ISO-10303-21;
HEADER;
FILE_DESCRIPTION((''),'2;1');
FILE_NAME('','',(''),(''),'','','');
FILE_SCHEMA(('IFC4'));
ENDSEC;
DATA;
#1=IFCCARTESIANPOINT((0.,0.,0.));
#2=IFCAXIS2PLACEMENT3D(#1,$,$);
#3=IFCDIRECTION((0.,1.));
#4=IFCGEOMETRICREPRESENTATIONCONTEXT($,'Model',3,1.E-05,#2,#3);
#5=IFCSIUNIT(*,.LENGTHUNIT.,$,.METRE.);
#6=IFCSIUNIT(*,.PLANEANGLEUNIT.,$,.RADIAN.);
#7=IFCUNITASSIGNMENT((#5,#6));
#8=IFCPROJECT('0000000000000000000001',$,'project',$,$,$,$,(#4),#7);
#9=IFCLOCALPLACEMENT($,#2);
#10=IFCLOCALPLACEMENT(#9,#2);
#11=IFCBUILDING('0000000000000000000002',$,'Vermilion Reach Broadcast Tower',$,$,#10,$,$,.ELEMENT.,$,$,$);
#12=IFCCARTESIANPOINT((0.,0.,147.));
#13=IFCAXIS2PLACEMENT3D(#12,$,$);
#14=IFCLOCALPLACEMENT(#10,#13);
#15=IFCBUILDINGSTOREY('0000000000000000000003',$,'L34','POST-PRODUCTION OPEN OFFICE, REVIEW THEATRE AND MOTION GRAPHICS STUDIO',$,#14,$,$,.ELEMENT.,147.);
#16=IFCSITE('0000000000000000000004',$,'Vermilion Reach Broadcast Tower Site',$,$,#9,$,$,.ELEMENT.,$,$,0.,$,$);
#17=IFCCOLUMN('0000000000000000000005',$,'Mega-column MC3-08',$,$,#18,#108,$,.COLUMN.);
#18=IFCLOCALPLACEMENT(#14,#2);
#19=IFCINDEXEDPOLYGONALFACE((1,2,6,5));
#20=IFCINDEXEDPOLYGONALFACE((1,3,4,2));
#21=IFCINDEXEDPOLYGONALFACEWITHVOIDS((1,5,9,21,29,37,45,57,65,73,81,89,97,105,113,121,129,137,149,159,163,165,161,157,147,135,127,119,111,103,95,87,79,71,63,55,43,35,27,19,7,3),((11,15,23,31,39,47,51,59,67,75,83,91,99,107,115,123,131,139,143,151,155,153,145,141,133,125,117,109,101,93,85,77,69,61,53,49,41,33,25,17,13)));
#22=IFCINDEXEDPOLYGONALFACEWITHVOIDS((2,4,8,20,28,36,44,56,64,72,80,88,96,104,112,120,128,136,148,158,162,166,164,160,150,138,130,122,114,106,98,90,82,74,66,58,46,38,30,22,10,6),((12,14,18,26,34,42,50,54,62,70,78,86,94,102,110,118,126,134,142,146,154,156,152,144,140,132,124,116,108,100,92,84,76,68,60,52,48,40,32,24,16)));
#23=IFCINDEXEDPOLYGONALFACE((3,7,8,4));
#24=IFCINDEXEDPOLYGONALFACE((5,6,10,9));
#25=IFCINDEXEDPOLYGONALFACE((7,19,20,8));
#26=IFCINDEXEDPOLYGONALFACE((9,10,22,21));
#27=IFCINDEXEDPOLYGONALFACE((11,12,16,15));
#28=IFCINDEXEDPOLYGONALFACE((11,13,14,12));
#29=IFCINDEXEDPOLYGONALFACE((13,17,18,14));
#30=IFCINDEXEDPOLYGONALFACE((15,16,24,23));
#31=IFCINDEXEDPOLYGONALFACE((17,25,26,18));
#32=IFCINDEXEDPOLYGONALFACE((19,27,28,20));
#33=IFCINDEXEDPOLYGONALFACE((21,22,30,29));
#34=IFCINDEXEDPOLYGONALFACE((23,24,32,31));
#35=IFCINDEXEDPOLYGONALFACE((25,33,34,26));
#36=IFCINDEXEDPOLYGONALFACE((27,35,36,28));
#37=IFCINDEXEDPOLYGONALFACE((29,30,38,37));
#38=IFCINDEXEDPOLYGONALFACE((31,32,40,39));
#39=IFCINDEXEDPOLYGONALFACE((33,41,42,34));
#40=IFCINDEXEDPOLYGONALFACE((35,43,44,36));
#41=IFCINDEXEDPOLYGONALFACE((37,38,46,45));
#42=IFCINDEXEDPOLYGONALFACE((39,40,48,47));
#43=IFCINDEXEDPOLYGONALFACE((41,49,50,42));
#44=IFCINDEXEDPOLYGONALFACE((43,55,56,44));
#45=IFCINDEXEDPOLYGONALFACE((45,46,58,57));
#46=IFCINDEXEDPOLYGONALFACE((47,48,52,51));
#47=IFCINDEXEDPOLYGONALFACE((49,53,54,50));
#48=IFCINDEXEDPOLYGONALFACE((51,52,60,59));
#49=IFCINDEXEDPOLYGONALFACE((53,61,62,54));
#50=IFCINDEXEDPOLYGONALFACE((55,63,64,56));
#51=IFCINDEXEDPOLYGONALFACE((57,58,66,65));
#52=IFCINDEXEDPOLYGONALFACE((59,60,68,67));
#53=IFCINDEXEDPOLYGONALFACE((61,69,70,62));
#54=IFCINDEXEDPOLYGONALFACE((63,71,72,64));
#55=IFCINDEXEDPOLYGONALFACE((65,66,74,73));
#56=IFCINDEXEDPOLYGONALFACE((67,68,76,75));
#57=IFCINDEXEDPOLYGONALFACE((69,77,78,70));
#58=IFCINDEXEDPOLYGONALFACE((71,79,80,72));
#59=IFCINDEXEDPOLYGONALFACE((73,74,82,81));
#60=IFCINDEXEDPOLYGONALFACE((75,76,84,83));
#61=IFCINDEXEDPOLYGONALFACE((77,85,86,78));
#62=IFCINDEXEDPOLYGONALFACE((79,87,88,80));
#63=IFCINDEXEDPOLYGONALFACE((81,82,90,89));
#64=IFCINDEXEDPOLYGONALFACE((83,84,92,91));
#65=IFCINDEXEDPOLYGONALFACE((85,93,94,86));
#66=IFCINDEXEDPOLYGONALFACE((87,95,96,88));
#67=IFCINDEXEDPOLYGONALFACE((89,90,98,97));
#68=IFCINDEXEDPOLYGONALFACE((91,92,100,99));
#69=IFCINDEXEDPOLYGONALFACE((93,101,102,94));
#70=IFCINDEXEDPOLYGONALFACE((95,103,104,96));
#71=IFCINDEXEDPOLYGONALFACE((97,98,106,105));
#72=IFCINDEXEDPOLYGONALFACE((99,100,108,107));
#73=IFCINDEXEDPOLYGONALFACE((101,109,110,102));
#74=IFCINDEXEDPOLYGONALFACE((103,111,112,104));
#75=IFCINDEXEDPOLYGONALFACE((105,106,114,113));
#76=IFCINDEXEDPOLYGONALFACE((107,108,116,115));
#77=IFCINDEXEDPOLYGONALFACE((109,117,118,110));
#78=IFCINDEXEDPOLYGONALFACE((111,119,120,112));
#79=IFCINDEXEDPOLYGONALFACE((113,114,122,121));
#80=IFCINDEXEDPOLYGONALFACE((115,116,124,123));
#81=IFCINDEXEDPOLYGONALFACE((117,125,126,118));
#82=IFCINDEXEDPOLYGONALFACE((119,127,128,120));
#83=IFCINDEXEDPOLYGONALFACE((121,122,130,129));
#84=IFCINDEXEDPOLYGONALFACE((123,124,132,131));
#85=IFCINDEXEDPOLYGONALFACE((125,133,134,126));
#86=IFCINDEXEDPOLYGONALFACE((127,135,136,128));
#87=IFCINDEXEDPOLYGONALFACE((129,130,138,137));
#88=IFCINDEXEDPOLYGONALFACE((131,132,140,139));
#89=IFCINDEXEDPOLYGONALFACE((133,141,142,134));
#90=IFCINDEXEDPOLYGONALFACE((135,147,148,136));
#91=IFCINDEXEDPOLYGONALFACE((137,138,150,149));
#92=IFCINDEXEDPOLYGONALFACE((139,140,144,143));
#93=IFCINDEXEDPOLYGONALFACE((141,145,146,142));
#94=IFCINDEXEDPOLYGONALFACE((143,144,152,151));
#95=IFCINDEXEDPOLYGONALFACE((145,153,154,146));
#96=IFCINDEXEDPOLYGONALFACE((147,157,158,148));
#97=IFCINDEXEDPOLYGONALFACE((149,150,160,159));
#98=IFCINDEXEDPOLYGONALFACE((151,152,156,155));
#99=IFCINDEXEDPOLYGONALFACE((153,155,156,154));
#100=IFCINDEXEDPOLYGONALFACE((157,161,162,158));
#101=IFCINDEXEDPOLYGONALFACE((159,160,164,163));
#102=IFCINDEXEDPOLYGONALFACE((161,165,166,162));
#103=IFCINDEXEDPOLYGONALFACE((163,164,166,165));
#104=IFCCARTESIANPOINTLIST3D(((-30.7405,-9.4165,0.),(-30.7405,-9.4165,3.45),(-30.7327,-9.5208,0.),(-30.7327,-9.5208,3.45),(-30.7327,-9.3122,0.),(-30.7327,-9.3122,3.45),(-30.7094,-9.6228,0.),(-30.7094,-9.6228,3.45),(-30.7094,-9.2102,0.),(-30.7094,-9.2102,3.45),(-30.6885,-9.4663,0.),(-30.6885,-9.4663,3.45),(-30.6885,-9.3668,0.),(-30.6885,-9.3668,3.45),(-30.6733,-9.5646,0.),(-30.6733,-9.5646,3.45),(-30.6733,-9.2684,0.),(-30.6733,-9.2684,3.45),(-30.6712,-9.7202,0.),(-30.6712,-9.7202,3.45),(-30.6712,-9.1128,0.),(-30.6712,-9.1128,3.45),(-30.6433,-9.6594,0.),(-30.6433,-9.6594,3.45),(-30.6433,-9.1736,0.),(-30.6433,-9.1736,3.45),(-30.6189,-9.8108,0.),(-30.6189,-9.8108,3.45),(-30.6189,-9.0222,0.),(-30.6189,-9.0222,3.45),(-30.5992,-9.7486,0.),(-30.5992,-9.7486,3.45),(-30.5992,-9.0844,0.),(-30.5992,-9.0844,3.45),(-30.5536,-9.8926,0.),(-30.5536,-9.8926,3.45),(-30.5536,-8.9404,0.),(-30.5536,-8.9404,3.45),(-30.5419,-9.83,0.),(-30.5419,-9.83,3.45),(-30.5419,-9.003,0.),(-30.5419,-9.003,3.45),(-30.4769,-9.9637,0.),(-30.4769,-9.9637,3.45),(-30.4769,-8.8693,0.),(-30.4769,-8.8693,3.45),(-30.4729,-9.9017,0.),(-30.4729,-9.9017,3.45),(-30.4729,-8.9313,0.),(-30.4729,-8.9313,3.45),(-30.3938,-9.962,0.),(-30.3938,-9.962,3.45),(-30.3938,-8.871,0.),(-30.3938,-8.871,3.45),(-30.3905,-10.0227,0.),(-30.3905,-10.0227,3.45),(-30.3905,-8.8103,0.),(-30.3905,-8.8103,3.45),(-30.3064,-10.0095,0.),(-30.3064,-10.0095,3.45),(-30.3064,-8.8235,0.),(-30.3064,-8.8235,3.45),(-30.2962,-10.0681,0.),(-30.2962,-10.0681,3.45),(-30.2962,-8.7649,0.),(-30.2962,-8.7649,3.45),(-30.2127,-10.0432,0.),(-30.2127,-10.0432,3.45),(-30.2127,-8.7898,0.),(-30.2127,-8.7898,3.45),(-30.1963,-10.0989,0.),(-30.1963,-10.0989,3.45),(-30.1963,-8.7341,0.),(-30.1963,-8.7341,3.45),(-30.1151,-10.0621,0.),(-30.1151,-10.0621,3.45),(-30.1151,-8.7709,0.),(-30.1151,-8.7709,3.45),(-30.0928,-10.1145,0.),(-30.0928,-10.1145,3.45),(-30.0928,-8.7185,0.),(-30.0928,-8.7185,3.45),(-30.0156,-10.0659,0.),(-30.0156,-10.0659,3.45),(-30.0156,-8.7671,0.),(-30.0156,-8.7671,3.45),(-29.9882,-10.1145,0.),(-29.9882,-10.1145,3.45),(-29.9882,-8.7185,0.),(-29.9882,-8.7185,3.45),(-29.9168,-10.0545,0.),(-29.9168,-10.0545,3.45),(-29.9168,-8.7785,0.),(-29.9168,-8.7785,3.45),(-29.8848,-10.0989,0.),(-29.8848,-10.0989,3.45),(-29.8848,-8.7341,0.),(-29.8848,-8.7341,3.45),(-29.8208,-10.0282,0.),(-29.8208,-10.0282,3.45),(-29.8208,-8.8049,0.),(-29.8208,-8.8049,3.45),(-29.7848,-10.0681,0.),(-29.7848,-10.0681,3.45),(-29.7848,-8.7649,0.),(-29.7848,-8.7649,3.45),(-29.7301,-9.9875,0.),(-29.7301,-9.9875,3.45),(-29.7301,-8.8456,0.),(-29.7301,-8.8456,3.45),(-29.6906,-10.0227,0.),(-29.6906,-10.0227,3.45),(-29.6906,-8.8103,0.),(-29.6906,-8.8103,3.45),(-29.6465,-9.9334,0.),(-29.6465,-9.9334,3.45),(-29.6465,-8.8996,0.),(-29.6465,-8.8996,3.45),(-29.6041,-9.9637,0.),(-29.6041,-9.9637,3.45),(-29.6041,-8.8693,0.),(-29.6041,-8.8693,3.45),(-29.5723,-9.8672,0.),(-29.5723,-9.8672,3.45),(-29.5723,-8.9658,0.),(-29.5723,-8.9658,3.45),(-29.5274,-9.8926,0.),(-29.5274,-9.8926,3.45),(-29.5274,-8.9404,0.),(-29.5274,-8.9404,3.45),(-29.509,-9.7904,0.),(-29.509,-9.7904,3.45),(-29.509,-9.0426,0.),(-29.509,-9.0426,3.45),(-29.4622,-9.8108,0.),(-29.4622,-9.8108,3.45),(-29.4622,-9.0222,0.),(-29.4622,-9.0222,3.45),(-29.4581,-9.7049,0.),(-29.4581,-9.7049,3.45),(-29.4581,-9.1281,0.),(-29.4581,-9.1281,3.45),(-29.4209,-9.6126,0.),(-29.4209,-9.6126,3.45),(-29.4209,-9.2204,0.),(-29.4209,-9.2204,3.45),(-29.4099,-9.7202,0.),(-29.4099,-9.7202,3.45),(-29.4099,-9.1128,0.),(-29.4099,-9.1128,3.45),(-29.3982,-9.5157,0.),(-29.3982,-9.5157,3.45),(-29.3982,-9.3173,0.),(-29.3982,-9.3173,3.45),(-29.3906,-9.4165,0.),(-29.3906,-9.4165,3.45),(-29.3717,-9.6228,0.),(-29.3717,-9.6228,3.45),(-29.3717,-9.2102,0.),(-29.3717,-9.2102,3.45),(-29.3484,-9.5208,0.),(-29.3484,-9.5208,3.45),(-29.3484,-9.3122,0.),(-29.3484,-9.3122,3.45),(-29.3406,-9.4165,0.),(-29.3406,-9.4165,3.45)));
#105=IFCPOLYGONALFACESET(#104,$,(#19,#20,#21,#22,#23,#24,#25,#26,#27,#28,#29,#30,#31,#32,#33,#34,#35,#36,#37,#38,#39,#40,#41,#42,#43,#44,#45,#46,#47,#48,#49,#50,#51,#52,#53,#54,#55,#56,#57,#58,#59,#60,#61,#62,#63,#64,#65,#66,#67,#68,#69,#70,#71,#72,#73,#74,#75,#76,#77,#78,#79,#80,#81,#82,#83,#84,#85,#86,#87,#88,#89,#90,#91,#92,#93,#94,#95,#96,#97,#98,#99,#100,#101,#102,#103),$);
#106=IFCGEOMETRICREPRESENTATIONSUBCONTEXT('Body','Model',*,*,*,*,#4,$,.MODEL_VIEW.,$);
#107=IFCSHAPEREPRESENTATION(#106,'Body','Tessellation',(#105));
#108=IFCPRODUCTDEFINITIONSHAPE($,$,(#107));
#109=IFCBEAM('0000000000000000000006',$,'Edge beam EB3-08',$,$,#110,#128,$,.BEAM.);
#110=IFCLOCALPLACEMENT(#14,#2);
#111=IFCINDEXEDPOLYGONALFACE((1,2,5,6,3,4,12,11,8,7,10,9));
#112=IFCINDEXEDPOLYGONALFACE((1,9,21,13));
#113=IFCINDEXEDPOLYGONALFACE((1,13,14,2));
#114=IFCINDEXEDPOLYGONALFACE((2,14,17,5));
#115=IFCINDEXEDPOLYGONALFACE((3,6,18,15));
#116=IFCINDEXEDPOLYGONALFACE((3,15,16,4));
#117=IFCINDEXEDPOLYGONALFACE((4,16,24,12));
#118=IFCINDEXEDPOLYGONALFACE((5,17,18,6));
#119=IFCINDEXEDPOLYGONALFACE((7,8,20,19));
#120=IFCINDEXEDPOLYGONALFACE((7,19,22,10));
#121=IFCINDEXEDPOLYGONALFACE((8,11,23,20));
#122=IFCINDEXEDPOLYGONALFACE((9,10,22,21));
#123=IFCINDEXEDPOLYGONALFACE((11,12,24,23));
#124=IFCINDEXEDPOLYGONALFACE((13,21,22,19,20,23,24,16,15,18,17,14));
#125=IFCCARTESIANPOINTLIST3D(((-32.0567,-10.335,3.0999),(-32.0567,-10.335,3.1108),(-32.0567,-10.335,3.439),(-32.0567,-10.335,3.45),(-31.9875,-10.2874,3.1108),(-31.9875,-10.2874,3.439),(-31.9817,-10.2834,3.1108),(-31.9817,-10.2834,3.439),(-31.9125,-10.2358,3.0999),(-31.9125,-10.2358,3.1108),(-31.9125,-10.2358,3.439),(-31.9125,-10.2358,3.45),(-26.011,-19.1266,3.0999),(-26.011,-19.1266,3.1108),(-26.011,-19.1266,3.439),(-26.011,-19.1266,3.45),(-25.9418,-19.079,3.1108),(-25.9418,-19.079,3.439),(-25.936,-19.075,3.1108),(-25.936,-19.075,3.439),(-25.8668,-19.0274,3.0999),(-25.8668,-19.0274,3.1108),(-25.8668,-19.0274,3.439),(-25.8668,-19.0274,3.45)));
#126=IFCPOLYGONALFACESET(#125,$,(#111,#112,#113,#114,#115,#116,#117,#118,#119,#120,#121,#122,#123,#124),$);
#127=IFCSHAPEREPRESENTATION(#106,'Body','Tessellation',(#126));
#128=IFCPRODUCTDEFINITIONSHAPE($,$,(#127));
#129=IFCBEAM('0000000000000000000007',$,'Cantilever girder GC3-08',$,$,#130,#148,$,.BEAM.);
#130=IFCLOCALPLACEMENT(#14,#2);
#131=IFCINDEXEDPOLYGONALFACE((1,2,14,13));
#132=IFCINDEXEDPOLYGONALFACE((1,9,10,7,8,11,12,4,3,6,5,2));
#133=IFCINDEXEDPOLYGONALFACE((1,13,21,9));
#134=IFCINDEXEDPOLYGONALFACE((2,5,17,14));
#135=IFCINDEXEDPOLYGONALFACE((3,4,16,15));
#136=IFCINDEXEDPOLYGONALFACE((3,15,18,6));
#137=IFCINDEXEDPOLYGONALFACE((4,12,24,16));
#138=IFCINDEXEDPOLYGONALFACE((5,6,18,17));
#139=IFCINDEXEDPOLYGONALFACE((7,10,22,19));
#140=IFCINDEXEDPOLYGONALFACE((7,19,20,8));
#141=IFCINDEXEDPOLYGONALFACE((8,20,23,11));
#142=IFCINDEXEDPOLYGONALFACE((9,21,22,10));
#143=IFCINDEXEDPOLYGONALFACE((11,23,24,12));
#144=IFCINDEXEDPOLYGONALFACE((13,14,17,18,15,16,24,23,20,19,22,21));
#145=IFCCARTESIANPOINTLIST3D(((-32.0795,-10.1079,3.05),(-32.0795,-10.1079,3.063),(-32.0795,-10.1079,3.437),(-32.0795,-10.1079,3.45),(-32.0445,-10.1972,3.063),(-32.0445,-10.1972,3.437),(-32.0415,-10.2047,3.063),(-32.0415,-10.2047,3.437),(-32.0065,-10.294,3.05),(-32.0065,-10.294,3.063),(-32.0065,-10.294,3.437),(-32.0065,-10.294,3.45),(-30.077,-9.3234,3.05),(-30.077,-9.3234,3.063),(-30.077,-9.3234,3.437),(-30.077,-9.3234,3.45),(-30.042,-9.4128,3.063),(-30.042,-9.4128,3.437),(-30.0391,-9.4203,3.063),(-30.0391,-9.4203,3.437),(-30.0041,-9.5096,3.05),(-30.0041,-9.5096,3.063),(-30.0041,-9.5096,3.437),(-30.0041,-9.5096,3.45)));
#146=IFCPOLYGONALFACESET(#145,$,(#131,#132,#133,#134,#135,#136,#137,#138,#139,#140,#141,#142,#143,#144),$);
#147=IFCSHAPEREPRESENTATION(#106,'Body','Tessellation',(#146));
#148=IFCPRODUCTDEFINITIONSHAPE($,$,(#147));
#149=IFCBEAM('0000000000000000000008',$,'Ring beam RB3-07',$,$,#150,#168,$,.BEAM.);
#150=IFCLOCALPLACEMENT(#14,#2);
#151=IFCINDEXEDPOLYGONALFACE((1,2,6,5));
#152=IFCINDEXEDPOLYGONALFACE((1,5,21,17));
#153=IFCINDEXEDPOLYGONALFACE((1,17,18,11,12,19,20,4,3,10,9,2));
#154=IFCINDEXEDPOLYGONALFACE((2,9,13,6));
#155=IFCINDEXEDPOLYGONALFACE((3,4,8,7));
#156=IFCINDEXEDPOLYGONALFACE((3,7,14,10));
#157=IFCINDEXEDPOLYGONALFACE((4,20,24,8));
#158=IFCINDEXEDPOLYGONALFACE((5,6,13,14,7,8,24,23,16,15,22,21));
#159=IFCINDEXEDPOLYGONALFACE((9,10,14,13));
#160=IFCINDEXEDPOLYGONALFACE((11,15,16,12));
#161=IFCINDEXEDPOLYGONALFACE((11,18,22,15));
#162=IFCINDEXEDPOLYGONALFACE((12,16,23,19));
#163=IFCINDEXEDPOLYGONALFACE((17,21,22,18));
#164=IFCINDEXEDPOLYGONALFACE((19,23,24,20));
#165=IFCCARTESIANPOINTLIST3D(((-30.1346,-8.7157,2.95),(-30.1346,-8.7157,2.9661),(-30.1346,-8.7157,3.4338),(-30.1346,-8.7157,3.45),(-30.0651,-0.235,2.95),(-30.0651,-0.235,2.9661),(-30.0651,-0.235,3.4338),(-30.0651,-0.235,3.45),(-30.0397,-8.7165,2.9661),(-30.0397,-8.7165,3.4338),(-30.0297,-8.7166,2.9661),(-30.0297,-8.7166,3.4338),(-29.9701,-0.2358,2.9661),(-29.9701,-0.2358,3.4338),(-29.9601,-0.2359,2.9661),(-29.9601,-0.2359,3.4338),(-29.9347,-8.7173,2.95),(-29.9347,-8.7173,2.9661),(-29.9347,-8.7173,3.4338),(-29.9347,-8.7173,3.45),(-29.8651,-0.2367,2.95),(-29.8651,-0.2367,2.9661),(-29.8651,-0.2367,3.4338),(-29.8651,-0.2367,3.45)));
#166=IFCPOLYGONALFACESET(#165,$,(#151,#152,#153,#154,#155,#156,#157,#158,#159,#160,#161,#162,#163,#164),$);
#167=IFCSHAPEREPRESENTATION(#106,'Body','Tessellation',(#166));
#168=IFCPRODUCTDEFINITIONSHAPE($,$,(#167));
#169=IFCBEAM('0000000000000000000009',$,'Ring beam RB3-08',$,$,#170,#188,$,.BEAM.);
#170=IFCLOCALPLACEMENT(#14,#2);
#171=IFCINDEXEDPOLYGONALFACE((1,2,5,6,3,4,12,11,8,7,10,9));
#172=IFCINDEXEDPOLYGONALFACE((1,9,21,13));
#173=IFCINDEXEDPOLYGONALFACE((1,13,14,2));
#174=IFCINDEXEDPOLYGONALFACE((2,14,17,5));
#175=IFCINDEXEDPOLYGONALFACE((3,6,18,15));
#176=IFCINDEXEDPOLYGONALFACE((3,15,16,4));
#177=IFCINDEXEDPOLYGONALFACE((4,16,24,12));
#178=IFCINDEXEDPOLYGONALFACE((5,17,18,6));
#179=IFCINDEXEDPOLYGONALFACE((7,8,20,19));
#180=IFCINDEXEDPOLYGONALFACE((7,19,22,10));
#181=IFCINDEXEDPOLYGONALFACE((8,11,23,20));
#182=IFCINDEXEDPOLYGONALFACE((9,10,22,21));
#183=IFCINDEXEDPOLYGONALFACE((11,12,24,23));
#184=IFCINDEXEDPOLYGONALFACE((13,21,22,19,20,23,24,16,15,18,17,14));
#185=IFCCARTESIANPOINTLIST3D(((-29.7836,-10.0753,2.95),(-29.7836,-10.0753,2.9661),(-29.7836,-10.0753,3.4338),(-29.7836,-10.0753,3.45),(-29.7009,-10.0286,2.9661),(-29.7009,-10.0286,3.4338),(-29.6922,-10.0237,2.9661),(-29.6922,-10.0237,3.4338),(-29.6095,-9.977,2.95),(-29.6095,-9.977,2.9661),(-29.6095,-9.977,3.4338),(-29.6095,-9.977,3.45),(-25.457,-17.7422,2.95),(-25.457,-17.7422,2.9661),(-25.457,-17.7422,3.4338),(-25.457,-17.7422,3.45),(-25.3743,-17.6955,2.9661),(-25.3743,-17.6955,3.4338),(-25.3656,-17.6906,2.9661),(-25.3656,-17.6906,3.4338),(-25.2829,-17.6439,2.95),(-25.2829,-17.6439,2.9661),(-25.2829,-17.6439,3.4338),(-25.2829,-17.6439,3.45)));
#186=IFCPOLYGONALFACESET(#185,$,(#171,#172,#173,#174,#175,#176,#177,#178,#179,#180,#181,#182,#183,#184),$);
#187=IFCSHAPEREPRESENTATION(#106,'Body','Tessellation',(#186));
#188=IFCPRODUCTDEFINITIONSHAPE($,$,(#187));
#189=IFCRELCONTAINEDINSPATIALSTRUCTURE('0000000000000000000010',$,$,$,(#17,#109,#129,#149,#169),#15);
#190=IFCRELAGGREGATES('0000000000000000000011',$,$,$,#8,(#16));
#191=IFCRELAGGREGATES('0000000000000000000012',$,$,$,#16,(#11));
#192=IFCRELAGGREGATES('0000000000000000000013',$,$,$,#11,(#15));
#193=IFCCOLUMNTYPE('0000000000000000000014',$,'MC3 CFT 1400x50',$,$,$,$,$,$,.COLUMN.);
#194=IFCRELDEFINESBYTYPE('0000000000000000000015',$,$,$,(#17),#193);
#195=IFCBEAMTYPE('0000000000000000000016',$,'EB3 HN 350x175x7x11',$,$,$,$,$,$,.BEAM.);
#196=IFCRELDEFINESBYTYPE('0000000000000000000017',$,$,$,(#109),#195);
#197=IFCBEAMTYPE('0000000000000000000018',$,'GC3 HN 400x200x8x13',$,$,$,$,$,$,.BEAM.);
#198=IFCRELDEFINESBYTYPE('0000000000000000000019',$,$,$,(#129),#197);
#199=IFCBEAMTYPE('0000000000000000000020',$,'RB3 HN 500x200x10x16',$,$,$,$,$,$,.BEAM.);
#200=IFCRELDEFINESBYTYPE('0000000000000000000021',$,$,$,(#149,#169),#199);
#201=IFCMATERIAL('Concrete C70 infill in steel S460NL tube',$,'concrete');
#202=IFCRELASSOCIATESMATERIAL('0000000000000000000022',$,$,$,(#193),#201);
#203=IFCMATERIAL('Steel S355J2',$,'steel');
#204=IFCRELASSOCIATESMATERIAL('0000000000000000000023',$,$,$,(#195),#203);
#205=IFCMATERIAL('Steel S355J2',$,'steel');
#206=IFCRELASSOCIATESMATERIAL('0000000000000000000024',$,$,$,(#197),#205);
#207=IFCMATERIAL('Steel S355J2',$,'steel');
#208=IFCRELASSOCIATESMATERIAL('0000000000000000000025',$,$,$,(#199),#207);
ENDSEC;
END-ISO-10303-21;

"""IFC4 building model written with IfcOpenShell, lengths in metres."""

from ifc_helpers import new_model, si_unit, direction, frame, origin, origin_2d, place, context, subcontext, project, spatial, hollow_circle, i_section, extrude, material, material_profile, profile_set, type_object, element, save


model = new_model("IFC4")

# Units and contexts
model_context = context("Model", 3, precision=1e-05, world=origin(), true_north=direction((0.0, 1.0)))
body_context = subcontext(model_context, "Body", "Model", "MODEL_VIEW")
ifc_project = project(units=[si_unit("LENGTHUNIT", "METRE"), si_unit("PLANEANGLEUNIT", "RADIAN")], contexts=[model_context])

# Site, building, storey
site_placement = place(None, origin())
site = spatial("IfcSite", under=ifc_project, at=site_placement, Name="Vermilion Reach Broadcast Tower Site", CompositionType="ELEMENT", RefElevation=0.0)
building_placement = place(site_placement, origin())
building = spatial("IfcBuilding", under=site, at=building_placement, Name="Vermilion Reach Broadcast Tower", CompositionType="ELEMENT")
storey_placement = place(building_placement, frame((0.0, 0.0, 147.0)))
storey = spatial("IfcBuildingStorey", under=building, at=storey_placement, Name="L34", Description="POST-PRODUCTION OPEN OFFICE, REVIEW THEATRE AND MOTION GRAPHICS STUDIO", CompositionType="ELEMENT", Elevation=147.0)

# Column
ifc_material_1 = material(Name="Concrete C70 infill in steel S460NL tube", Category="concrete")
ifc_material_profile_1 = material_profile(ifc_material_1, hollow_circle(Radius=0.7, WallThickness=0.05, at=origin_2d()), Name="Concrete C70 infill in steel S460NL tube CFT 1400x50")
ifc_profile_set_1 = profile_set([ifc_material_profile_1], Name="Concrete C70 infill in steel S460NL tube")
column_type = type_object("IfcColumnType", Name="MC3 CFT 1400x50", PredefinedType="COLUMN", material=ifc_profile_set_1)
column_placement = place(storey_placement, frame((-30.0405, -9.4165, 0.0), z_axis=(0.0, 0.0, 1.0), x_axis=(1.0, 0.0, 0.0)))
element("IfcColumn", 1, at=column_placement, inside=storey, type_object=column_type, Name="Mega-column MC3-08", PredefinedType="COLUMN", context=body_context, shape_type="SweptSolid", body=[
    extrude(hollow_circle(Radius=0.7, WallThickness=0.05, at=origin_2d()), origin(), (0.0, 0.0, 1.0), 3.45),
])

# Beams
ifc_material_2 = material(Name="Steel S355J2", Category="steel")
ifc_material_profile_2 = material_profile(ifc_material_2, i_section(OverallWidth=0.175, OverallDepth=0.3501, WebThickness=0.0071, FlangeThickness=0.011, at=origin_2d()), Name="S355J2 HN 350x175x7x11")
ifc_profile_set_2 = profile_set([ifc_material_profile_2], Name="Steel S355J2")
beam_type_1 = type_object("IfcBeamType", Name="EB3 HN 350x175x7x11", PredefinedType="BEAM", material=ifc_profile_set_2)
beam_1_placement = place(storey_placement, frame((-31.9846, -10.2854, 3.2749), z_axis=(0.566624, -0.823976, 0.0), x_axis=(0.823976, 0.566624, 0.0)))
element("IfcBeam", 2, at=beam_1_placement, inside=storey, type_object=beam_type_1, Name="Edge beam EB3-08", PredefinedType="BEAM", context=body_context, shape_type="SweptSolid", body=[
    extrude(i_section(OverallWidth=0.175, OverallDepth=0.3501, WebThickness=0.0071, FlangeThickness=0.011, at=origin_2d()), origin(), (0.0, 0.0, 1.0), 10.6697),
])
ifc_material_3 = material(Name="Steel S355J2", Category="steel")
ifc_material_profile_3 = material_profile(ifc_material_3, i_section(OverallWidth=0.2, OverallDepth=0.3999, WebThickness=0.0081, FlangeThickness=0.0129, at=origin_2d()), Name="S355J2 HN 400x200x8x13")
ifc_profile_set_3 = profile_set([ifc_material_profile_3], Name="Steel S355J2")
beam_type_2 = type_object("IfcBeamType", Name="GC3 HN 400x200x8x13", PredefinedType="BEAM", material=ifc_profile_set_3)
beam_2_placement = place(storey_placement, frame((-30.0405, -9.4165, 3.25), z_axis=(-0.931107, -0.364746, 0.0), x_axis=(0.364746, -0.931107, 0.0)))
element("IfcBeam", 3, at=beam_2_placement, inside=storey, type_object=beam_type_2, Name="Cantilever girder GC3-08", PredefinedType="BEAM", context=body_context, shape_type="SweptSolid", body=[
    extrude(i_section(OverallWidth=0.2, OverallDepth=0.3999, WebThickness=0.0081, FlangeThickness=0.0129, at=origin_2d()), origin(), (0.0, 0.0, 1.0), 2.1506),
])
ifc_material_4 = material(Name="Steel S355J2", Category="steel")
ifc_material_profile_4 = material_profile(ifc_material_4, i_section(OverallWidth=0.2, OverallDepth=0.5, WebThickness=0.01, FlangeThickness=0.0161, at=origin_2d()), Name="S355J2 HN 500x200x10x16")
ifc_profile_set_4 = profile_set([ifc_material_profile_4], Name="Steel S355J2")
beam_type_3 = type_object("IfcBeamType", Name="RB3 HN 500x200x10x16", PredefinedType="BEAM", material=ifc_profile_set_4)
beam_3_placement = place(storey_placement, frame((-29.9651, -0.2358, 3.2), z_axis=(-0.008204, -0.999966, 0.0), x_axis=(0.999966, -0.008204, 0.0)))
element("IfcBeam", 4, at=beam_3_placement, inside=storey, type_object=beam_type_3, Name="Ring beam RB3-07", PredefinedType="BEAM", context=body_context, shape_type="SweptSolid", body=[
    extrude(i_section(OverallWidth=0.2, OverallDepth=0.5, WebThickness=0.01, FlangeThickness=0.0161, at=origin_2d()), origin(), (0.0, 0.0, 1.0), 8.481),
])
beam_4_placement = place(storey_placement, frame((-29.6965, -10.0261, 3.2), z_axis=(0.491467, -0.870896, 0.0), x_axis=(0.870896, 0.491467, 0.0)))
element("IfcBeam", 5, at=beam_4_placement, inside=storey, type_object=beam_type_3, Name="Ring beam RB3-08", PredefinedType="BEAM", context=body_context, shape_type="SweptSolid", body=[
    extrude(i_section(OverallWidth=0.2, OverallDepth=0.5, WebThickness=0.01, FlangeThickness=0.0161, at=origin_2d()), origin(), (0.0, 0.0, 1.0), 8.8035),
])

save(model, "model.ifc")
